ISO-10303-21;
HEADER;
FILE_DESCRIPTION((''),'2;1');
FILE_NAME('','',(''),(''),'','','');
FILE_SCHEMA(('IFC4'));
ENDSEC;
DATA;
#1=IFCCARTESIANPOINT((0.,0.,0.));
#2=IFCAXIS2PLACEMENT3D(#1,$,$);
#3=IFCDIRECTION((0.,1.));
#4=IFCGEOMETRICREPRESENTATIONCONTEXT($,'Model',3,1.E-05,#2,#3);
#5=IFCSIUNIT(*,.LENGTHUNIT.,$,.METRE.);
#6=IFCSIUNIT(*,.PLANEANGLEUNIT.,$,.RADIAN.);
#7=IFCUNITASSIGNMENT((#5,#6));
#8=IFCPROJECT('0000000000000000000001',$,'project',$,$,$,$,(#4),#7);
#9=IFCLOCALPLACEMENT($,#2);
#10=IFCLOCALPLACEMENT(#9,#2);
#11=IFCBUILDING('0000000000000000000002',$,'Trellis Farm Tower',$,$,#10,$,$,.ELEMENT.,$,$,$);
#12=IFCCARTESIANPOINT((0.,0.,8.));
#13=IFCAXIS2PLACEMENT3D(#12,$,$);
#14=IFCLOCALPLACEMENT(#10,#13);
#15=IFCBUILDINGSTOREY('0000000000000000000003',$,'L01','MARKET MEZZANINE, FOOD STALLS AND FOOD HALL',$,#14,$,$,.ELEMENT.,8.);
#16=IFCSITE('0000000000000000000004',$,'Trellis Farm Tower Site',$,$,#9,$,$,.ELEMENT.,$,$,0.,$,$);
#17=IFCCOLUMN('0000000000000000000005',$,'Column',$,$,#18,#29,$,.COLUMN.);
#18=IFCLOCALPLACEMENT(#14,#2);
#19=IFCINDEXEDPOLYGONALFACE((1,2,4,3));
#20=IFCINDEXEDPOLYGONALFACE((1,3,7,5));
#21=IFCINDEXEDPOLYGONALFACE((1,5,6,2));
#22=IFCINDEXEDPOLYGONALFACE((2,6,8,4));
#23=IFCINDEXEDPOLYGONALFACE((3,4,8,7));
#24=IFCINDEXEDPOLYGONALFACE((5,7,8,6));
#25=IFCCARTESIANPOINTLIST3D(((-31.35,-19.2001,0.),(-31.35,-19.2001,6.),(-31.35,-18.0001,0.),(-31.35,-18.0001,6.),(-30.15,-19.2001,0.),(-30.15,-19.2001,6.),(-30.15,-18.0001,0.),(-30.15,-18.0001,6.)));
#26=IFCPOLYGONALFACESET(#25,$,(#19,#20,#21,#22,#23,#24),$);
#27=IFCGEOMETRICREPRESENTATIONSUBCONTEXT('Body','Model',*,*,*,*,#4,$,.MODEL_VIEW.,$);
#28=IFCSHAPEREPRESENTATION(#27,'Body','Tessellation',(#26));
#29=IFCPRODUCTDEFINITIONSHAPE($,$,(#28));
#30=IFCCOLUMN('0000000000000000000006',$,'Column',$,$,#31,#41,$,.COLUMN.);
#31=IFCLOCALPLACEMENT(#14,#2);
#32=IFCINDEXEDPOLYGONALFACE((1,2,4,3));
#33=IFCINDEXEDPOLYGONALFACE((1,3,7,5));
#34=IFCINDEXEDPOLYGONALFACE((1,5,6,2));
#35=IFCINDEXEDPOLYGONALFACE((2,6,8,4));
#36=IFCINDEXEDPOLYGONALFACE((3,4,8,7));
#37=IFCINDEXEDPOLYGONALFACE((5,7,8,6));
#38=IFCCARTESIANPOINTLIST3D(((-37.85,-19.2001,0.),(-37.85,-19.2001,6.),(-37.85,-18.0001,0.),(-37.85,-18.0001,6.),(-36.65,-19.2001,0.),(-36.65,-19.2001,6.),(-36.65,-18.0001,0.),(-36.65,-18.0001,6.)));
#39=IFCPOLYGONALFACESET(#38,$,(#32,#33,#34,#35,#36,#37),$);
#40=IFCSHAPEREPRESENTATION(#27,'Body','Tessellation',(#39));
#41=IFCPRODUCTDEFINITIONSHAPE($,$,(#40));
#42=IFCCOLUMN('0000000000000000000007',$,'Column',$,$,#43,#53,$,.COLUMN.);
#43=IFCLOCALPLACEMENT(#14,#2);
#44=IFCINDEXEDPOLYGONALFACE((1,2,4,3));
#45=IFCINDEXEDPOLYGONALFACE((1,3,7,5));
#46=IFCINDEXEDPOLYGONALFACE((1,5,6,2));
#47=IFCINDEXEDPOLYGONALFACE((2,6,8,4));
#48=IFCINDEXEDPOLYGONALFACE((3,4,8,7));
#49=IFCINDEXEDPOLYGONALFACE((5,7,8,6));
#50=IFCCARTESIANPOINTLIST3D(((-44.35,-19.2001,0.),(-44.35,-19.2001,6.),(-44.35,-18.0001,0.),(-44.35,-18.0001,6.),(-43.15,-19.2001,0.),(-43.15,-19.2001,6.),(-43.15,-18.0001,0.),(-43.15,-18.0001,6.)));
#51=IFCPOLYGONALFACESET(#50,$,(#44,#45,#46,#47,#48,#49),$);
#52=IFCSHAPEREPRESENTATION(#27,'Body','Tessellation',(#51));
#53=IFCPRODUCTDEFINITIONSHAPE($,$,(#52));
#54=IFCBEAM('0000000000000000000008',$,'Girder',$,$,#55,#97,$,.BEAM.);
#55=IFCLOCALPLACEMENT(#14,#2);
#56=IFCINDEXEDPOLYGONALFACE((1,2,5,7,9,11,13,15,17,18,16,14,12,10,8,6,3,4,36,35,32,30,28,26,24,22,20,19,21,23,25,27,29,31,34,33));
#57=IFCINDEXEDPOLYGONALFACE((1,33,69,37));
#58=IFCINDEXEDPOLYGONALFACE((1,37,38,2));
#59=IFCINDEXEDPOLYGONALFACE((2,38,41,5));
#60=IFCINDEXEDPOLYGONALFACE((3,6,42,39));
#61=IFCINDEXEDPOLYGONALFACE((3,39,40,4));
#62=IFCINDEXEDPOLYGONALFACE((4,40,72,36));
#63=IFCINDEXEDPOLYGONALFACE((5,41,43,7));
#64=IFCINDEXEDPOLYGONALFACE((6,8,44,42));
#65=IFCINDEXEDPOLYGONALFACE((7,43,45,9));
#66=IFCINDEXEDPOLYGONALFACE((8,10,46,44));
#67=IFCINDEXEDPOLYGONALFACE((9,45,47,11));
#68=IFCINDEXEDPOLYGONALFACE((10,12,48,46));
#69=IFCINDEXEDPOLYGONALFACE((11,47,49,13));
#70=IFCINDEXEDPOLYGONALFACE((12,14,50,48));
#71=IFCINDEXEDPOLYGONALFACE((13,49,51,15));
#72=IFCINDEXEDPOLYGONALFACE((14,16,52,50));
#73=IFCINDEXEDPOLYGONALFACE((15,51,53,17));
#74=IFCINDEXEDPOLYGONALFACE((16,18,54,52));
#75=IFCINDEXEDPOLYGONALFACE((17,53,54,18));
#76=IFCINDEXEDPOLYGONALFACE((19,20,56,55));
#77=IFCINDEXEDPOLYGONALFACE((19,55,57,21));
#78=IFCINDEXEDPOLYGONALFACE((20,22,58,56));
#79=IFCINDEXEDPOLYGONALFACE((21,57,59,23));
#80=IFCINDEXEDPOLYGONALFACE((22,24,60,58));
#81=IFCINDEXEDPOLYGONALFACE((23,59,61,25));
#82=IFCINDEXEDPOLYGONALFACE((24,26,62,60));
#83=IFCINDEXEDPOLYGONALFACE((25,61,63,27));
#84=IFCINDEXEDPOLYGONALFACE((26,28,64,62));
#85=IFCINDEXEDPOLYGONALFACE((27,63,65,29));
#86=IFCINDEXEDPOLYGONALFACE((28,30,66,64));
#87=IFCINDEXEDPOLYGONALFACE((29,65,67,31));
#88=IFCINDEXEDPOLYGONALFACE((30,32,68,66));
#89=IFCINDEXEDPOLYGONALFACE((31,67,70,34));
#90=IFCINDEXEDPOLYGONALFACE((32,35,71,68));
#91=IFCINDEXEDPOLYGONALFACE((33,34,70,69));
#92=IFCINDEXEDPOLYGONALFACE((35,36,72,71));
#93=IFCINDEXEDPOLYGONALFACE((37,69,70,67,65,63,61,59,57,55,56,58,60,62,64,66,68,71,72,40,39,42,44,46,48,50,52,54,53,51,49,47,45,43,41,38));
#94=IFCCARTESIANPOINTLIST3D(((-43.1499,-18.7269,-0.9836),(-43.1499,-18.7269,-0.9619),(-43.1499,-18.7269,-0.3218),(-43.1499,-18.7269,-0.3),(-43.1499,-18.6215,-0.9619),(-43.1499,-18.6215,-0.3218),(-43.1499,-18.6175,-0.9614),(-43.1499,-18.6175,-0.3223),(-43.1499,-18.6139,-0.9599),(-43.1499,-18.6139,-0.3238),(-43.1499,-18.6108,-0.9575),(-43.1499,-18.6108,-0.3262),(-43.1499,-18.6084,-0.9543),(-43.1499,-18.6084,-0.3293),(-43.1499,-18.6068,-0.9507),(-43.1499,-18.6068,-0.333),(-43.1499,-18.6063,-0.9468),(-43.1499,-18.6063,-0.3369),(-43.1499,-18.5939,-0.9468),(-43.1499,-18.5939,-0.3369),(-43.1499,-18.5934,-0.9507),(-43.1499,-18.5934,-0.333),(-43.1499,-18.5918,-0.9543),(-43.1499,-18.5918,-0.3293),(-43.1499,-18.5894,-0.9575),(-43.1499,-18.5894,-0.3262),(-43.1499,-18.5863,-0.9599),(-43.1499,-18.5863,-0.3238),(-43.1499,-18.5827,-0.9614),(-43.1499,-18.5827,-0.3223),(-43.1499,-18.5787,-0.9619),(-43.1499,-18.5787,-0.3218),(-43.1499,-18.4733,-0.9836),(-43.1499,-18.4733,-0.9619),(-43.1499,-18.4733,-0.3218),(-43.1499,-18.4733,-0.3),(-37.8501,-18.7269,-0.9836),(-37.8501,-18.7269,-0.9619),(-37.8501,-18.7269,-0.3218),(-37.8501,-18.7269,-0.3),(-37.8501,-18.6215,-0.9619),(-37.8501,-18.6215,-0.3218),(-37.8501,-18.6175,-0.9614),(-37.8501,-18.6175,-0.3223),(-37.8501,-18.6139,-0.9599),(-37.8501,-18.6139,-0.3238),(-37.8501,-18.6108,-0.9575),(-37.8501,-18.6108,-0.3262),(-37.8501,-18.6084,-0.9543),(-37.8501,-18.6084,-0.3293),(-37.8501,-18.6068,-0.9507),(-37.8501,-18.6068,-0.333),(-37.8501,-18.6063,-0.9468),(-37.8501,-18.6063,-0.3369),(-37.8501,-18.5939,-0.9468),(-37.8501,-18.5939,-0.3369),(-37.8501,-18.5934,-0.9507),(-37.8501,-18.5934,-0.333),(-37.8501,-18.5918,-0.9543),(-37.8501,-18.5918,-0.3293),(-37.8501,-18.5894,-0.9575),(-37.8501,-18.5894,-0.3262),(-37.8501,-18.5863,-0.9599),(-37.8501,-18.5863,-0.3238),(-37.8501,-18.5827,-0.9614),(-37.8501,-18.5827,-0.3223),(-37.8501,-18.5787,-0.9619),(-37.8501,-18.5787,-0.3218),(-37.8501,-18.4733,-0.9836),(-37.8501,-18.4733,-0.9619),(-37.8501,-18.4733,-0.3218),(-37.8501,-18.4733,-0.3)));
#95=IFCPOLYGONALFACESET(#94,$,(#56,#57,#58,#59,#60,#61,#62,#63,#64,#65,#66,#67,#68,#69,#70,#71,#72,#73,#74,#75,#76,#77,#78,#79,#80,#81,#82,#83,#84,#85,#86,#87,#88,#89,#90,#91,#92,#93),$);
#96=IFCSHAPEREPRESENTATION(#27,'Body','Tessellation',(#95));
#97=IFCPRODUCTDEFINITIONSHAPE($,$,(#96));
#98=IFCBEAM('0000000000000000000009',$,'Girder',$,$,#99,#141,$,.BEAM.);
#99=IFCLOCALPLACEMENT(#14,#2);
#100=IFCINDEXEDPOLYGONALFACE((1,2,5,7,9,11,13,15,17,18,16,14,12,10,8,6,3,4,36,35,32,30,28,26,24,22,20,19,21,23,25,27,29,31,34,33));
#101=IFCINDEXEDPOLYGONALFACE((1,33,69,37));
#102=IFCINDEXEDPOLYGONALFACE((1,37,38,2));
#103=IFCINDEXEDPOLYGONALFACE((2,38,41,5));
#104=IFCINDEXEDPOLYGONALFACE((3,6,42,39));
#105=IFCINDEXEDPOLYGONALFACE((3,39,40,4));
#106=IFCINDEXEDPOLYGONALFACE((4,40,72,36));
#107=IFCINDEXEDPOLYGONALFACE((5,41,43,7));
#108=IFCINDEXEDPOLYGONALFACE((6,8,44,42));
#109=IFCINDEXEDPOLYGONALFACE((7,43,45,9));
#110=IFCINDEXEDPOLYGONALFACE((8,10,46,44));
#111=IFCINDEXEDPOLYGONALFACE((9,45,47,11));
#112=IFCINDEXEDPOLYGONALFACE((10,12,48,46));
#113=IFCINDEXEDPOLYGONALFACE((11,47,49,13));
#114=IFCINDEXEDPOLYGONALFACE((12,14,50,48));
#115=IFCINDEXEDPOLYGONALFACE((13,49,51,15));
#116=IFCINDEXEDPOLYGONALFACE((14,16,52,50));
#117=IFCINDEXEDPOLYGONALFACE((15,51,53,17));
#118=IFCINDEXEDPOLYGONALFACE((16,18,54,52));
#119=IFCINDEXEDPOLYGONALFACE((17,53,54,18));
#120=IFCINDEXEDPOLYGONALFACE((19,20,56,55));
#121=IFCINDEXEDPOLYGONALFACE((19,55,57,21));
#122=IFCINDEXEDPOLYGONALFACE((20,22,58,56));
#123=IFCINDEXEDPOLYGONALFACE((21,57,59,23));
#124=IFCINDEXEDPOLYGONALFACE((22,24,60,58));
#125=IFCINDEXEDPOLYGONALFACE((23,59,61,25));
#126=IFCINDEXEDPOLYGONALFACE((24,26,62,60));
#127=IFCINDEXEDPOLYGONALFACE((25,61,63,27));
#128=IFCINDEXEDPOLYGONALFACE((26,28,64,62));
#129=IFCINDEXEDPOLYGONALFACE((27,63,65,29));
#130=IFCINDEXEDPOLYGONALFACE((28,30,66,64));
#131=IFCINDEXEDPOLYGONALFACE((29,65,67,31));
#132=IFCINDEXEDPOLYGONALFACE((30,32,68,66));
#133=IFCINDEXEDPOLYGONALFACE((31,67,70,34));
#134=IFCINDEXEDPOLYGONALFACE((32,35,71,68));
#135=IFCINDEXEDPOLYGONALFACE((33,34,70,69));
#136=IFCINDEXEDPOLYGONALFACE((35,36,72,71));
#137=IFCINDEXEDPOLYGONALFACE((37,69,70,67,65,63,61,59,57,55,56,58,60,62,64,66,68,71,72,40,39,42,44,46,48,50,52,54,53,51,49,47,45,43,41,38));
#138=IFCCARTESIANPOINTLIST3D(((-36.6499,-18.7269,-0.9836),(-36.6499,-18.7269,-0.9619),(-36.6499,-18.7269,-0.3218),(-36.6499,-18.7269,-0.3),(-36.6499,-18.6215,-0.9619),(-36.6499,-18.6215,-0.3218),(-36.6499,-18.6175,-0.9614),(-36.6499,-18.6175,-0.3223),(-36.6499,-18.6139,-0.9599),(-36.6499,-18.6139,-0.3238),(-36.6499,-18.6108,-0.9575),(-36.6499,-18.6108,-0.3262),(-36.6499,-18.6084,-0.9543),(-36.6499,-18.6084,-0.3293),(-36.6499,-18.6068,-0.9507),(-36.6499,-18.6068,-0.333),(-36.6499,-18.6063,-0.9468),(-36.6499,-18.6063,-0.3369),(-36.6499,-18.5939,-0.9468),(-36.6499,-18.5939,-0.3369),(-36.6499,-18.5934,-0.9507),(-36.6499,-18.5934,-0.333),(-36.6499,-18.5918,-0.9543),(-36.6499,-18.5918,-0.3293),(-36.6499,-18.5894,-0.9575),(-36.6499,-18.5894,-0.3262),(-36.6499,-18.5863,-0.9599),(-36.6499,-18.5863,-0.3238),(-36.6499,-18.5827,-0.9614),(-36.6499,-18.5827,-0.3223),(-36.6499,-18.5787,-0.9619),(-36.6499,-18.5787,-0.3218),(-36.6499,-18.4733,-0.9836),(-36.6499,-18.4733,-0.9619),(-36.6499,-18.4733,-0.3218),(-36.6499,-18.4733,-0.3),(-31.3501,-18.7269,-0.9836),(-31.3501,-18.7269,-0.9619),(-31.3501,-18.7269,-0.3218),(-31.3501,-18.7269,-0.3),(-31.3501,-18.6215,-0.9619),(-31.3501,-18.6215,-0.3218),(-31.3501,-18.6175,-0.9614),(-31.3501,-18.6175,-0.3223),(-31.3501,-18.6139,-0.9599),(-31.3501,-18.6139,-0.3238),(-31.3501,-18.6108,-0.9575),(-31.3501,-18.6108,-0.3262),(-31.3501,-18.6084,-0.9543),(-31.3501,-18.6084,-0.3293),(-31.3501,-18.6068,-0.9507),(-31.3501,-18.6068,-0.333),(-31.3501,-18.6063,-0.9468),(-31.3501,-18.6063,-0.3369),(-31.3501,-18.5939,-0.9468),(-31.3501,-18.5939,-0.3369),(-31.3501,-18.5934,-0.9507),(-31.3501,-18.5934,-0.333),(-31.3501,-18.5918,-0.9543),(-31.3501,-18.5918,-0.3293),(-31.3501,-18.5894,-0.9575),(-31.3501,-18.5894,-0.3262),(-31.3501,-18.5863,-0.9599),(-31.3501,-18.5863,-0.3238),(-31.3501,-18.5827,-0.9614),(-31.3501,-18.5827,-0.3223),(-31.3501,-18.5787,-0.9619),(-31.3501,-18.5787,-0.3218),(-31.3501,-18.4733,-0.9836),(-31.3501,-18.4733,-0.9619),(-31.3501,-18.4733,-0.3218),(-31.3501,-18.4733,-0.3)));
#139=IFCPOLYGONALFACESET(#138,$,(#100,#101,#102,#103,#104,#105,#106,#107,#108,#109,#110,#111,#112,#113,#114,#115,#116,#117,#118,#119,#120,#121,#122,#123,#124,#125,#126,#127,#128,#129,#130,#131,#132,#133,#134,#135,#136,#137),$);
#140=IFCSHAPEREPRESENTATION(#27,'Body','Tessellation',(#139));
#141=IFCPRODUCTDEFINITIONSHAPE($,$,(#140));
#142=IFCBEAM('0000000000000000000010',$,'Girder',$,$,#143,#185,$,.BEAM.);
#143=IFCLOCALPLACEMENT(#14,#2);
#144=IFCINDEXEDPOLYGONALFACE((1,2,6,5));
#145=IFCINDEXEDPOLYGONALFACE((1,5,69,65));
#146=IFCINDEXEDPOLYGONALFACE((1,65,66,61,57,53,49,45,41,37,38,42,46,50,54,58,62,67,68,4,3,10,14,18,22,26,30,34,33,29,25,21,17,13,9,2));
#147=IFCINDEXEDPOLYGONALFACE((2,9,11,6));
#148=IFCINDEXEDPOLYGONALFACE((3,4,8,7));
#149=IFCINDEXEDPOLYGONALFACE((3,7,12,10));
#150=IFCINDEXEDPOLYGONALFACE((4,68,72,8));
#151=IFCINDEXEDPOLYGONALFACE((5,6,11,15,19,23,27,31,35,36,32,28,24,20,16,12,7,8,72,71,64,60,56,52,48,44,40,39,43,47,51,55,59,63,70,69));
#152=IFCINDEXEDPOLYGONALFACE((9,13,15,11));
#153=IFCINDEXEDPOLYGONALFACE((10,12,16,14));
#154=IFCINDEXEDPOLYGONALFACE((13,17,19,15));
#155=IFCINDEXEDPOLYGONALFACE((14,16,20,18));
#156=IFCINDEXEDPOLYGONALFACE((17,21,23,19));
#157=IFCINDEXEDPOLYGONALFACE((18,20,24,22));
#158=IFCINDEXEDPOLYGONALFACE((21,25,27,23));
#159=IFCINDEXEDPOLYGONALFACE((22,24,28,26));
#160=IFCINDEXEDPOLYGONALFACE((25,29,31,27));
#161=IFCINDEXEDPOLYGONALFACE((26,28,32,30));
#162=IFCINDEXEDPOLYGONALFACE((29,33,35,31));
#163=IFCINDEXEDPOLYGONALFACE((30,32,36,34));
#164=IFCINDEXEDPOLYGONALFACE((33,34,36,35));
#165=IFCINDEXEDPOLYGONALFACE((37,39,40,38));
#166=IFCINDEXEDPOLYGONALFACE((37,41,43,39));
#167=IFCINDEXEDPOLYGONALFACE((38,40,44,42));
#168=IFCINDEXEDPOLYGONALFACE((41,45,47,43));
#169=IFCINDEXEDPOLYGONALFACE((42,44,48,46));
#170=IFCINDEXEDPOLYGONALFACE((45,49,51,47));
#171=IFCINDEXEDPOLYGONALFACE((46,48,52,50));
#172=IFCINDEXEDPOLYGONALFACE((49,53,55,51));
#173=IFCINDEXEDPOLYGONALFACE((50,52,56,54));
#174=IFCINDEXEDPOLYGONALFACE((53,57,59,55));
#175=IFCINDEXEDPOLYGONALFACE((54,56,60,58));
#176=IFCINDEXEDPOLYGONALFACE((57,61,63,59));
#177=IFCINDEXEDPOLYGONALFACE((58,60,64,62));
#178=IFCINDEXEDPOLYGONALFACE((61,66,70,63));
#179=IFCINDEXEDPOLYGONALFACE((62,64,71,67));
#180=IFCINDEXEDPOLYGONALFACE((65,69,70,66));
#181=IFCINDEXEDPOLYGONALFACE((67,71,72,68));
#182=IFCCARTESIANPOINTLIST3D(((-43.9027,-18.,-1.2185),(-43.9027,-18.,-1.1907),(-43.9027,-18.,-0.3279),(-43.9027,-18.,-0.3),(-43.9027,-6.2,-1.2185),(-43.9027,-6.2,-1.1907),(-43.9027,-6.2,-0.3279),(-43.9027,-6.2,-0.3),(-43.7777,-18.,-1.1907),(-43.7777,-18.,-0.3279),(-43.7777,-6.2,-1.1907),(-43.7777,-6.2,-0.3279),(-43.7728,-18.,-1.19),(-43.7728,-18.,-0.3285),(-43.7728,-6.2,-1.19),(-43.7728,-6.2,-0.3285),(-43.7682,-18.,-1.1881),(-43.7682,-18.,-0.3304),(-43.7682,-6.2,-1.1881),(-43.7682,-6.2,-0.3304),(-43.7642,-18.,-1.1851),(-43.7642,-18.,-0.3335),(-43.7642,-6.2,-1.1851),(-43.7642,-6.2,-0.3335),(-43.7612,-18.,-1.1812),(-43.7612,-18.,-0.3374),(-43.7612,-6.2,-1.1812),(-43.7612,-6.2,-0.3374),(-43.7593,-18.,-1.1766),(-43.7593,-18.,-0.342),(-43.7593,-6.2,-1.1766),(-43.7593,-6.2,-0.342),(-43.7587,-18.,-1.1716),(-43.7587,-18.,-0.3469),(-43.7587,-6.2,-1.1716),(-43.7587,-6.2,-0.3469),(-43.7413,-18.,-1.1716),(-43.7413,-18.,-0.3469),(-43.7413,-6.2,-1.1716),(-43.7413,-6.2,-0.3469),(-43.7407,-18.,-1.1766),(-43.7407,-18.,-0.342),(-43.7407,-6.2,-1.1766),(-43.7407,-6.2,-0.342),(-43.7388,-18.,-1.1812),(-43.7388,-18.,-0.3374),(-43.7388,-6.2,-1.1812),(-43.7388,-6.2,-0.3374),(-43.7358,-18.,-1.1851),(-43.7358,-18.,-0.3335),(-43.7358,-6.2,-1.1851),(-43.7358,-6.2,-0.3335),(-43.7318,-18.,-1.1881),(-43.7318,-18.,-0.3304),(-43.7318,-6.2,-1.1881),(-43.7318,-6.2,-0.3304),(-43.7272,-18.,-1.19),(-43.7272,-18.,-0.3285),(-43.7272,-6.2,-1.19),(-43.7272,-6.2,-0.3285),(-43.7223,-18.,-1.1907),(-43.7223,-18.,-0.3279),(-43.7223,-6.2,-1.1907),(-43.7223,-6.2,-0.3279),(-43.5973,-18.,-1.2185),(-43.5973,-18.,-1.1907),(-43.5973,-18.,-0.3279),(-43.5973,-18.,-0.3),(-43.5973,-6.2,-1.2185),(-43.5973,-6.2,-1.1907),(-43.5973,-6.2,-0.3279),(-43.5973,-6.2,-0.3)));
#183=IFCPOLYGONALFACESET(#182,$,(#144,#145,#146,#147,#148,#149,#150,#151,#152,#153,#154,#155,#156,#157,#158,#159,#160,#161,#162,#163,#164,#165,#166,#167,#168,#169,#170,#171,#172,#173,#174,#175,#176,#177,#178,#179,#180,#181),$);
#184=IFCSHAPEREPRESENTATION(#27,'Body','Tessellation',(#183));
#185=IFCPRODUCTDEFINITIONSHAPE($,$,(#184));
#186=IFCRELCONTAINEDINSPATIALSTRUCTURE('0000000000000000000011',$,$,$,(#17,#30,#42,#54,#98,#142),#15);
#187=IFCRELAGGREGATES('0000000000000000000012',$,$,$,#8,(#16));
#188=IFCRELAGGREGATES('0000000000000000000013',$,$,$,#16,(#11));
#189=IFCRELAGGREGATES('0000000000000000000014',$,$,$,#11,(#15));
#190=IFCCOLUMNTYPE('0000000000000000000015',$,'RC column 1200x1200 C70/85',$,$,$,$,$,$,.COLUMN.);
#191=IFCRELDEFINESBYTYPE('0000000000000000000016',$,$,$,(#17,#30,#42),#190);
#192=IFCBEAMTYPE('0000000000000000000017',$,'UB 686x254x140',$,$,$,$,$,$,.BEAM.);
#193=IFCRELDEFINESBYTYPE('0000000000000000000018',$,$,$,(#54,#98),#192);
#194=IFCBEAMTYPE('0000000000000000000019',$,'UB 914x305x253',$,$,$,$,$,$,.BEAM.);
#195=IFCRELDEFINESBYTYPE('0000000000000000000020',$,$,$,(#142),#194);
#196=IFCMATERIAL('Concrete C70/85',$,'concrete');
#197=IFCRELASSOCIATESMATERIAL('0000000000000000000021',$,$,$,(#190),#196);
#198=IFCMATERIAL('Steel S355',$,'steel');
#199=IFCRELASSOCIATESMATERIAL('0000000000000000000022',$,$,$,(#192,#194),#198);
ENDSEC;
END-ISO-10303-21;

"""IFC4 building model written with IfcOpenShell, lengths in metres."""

from ifc_helpers import new_model, si_unit, direction, frame, origin, origin_2d, place, context, subcontext, project, spatial, rectangle, i_section, extrude, source, transform, mapped, material, material_profile, profile_set, type_object, element, save


model = new_model("IFC4")

# Units and contexts
model_context = context("Model", 3, precision=1e-05, world=origin(), true_north=direction((0.0, 1.0)))
body_context = subcontext(model_context, "Body", "Model", "MODEL_VIEW")
ifc_project = project(units=[si_unit("LENGTHUNIT", "METRE"), si_unit("PLANEANGLEUNIT", "RADIAN")], contexts=[model_context])

# Site, building, storey
site_placement = place(None, origin())
site = spatial("IfcSite", under=ifc_project, at=site_placement, Name="Trellis Farm Tower Site", CompositionType="ELEMENT", RefElevation=0.0)
building_placement = place(site_placement, origin())
building = spatial("IfcBuilding", under=site, at=building_placement, Name="Trellis Farm Tower", CompositionType="ELEMENT")
storey_placement = place(building_placement, frame((0.0, 0.0, 8.0)))
storey = spatial("IfcBuildingStorey", under=building, at=storey_placement, Name="L01", Description="MARKET MEZZANINE, FOOD STALLS AND FOOD HALL", CompositionType="ELEMENT", Elevation=8.0)

# Columns
ifc_material_1 = material(Name="Concrete C70/85", Category="concrete")
ifc_material_profile_1 = material_profile(ifc_material_1, rectangle(XDim=1.2, YDim=1.2, at=origin_2d()), Name="RC column 1200x1200 C70/85")
ifc_profile_set_1 = profile_set([ifc_material_profile_1], Name="Concrete C70/85")
column_type = type_object("IfcColumnType", Name="RC column 1200x1200 C70/85", PredefinedType="COLUMN", material=ifc_profile_set_1)
shared_shape_1 = source(origin(), body_context, "Body", "SweptSolid", [
    extrude(rectangle(XDim=1.2, YDim=1.2, at=origin_2d()), origin(), (0.0, 0.0, 1.0), 6.0),
])
for number, where, z_axis, x_axis, name in (
    (1, (-30.75, -18.6001, 0.0), (0.0, 0.0, 1.0), (1.0, 0.0, 0.0), "Column"),
    (2, (-37.25, -18.6001, 0.0), (0.0, 0.0, 1.0), (1.0, 0.0, 0.0), "Column"),
    (3, (-43.75, -18.6001, 0.0), (0.0, 0.0, 1.0), (1.0, 0.0, 0.0), "Column"),
):
    element("IfcColumn", number, at=place(storey_placement, frame(where, z_axis=z_axis, x_axis=x_axis)), inside=storey, type_object=column_type, Name=name, PredefinedType="COLUMN", context=body_context, shape_type="MappedRepresentation", body=[
        mapped(shared_shape_1, transform((0.0, 0.0, 0.0))),
    ])

# Beams
ifc_material_2 = material(Name="Steel S355", Category="steel")
ifc_material_profile_2 = material_profile(ifc_material_2, i_section(OverallWidth=0.2537, OverallDepth=0.6836, WebThickness=0.0125, FlangeThickness=0.0217, FilletRadius=0.0151, at=origin_2d()), Name="UB 686x254x140")
ifc_profile_set_2 = profile_set([ifc_material_profile_2], Name="Steel S355")
beam_type_1 = type_object("IfcBeamType", Name="UB 686x254x140", PredefinedType="BEAM", material=ifc_profile_set_2)
shared_shape_2 = source(origin(), body_context, "Body", "SweptSolid", [
    extrude(i_section(OverallWidth=0.2537, OverallDepth=0.6836, WebThickness=0.0125, FlangeThickness=0.0217, FilletRadius=0.0151, at=origin_2d()), origin(), (0.0, 0.0, 1.0), 5.2998),
])
for number, where, z_axis, x_axis, name in (
    (4, (-43.1499, -18.6001, -0.6418), (1.0, 0.0, 0.0), (0.0, 1.0, 0.0), "Girder"),
    (5, (-36.6499, -18.6001, -0.6418), (1.0, 0.0, 0.0), (0.0, 1.0, 0.0), "Girder"),
):
    element("IfcBeam", number, at=place(storey_placement, frame(where, z_axis=z_axis, x_axis=x_axis)), inside=storey, type_object=beam_type_1, Name=name, PredefinedType="BEAM", context=body_context, shape_type="MappedRepresentation", body=[
        mapped(shared_shape_2, transform((0.0, 0.0, 0.0))),
    ])
ifc_material_profile_3 = material_profile(ifc_material_2, i_section(OverallWidth=0.3054, OverallDepth=0.9185, WebThickness=0.0173, FlangeThickness=0.0278, FilletRadius=0.019, at=origin_2d()), Name="UB 914x305x253")
ifc_profile_set_3 = profile_set([ifc_material_profile_3], Name="Steel S355")
beam_type_2 = type_object("IfcBeamType", Name="UB 914x305x253", PredefinedType="BEAM", material=ifc_profile_set_3)
shared_shape_3 = source(origin(), body_context, "Body", "SweptSolid", [
    extrude(i_section(OverallWidth=0.3054, OverallDepth=0.9185, WebThickness=0.0173, FlangeThickness=0.0278, FilletRadius=0.019, at=origin_2d()), origin(), (0.0, 0.0, 1.0), 11.8),
])
for number, where, z_axis, x_axis, name in (
    (6, (-43.75, -18.0, -0.7593), (0.0, 1.0, 0.0), (-1.0, 0.0, 0.0), "Girder"),
):
    element("IfcBeam", number, at=place(storey_placement, frame(where, z_axis=z_axis, x_axis=x_axis)), inside=storey, type_object=beam_type_2, Name=name, PredefinedType="BEAM", context=body_context, shape_type="MappedRepresentation", body=[
        mapped(shared_shape_3, transform((0.0, 0.0, 0.0))),
    ])

save(model, "model.ifc")
